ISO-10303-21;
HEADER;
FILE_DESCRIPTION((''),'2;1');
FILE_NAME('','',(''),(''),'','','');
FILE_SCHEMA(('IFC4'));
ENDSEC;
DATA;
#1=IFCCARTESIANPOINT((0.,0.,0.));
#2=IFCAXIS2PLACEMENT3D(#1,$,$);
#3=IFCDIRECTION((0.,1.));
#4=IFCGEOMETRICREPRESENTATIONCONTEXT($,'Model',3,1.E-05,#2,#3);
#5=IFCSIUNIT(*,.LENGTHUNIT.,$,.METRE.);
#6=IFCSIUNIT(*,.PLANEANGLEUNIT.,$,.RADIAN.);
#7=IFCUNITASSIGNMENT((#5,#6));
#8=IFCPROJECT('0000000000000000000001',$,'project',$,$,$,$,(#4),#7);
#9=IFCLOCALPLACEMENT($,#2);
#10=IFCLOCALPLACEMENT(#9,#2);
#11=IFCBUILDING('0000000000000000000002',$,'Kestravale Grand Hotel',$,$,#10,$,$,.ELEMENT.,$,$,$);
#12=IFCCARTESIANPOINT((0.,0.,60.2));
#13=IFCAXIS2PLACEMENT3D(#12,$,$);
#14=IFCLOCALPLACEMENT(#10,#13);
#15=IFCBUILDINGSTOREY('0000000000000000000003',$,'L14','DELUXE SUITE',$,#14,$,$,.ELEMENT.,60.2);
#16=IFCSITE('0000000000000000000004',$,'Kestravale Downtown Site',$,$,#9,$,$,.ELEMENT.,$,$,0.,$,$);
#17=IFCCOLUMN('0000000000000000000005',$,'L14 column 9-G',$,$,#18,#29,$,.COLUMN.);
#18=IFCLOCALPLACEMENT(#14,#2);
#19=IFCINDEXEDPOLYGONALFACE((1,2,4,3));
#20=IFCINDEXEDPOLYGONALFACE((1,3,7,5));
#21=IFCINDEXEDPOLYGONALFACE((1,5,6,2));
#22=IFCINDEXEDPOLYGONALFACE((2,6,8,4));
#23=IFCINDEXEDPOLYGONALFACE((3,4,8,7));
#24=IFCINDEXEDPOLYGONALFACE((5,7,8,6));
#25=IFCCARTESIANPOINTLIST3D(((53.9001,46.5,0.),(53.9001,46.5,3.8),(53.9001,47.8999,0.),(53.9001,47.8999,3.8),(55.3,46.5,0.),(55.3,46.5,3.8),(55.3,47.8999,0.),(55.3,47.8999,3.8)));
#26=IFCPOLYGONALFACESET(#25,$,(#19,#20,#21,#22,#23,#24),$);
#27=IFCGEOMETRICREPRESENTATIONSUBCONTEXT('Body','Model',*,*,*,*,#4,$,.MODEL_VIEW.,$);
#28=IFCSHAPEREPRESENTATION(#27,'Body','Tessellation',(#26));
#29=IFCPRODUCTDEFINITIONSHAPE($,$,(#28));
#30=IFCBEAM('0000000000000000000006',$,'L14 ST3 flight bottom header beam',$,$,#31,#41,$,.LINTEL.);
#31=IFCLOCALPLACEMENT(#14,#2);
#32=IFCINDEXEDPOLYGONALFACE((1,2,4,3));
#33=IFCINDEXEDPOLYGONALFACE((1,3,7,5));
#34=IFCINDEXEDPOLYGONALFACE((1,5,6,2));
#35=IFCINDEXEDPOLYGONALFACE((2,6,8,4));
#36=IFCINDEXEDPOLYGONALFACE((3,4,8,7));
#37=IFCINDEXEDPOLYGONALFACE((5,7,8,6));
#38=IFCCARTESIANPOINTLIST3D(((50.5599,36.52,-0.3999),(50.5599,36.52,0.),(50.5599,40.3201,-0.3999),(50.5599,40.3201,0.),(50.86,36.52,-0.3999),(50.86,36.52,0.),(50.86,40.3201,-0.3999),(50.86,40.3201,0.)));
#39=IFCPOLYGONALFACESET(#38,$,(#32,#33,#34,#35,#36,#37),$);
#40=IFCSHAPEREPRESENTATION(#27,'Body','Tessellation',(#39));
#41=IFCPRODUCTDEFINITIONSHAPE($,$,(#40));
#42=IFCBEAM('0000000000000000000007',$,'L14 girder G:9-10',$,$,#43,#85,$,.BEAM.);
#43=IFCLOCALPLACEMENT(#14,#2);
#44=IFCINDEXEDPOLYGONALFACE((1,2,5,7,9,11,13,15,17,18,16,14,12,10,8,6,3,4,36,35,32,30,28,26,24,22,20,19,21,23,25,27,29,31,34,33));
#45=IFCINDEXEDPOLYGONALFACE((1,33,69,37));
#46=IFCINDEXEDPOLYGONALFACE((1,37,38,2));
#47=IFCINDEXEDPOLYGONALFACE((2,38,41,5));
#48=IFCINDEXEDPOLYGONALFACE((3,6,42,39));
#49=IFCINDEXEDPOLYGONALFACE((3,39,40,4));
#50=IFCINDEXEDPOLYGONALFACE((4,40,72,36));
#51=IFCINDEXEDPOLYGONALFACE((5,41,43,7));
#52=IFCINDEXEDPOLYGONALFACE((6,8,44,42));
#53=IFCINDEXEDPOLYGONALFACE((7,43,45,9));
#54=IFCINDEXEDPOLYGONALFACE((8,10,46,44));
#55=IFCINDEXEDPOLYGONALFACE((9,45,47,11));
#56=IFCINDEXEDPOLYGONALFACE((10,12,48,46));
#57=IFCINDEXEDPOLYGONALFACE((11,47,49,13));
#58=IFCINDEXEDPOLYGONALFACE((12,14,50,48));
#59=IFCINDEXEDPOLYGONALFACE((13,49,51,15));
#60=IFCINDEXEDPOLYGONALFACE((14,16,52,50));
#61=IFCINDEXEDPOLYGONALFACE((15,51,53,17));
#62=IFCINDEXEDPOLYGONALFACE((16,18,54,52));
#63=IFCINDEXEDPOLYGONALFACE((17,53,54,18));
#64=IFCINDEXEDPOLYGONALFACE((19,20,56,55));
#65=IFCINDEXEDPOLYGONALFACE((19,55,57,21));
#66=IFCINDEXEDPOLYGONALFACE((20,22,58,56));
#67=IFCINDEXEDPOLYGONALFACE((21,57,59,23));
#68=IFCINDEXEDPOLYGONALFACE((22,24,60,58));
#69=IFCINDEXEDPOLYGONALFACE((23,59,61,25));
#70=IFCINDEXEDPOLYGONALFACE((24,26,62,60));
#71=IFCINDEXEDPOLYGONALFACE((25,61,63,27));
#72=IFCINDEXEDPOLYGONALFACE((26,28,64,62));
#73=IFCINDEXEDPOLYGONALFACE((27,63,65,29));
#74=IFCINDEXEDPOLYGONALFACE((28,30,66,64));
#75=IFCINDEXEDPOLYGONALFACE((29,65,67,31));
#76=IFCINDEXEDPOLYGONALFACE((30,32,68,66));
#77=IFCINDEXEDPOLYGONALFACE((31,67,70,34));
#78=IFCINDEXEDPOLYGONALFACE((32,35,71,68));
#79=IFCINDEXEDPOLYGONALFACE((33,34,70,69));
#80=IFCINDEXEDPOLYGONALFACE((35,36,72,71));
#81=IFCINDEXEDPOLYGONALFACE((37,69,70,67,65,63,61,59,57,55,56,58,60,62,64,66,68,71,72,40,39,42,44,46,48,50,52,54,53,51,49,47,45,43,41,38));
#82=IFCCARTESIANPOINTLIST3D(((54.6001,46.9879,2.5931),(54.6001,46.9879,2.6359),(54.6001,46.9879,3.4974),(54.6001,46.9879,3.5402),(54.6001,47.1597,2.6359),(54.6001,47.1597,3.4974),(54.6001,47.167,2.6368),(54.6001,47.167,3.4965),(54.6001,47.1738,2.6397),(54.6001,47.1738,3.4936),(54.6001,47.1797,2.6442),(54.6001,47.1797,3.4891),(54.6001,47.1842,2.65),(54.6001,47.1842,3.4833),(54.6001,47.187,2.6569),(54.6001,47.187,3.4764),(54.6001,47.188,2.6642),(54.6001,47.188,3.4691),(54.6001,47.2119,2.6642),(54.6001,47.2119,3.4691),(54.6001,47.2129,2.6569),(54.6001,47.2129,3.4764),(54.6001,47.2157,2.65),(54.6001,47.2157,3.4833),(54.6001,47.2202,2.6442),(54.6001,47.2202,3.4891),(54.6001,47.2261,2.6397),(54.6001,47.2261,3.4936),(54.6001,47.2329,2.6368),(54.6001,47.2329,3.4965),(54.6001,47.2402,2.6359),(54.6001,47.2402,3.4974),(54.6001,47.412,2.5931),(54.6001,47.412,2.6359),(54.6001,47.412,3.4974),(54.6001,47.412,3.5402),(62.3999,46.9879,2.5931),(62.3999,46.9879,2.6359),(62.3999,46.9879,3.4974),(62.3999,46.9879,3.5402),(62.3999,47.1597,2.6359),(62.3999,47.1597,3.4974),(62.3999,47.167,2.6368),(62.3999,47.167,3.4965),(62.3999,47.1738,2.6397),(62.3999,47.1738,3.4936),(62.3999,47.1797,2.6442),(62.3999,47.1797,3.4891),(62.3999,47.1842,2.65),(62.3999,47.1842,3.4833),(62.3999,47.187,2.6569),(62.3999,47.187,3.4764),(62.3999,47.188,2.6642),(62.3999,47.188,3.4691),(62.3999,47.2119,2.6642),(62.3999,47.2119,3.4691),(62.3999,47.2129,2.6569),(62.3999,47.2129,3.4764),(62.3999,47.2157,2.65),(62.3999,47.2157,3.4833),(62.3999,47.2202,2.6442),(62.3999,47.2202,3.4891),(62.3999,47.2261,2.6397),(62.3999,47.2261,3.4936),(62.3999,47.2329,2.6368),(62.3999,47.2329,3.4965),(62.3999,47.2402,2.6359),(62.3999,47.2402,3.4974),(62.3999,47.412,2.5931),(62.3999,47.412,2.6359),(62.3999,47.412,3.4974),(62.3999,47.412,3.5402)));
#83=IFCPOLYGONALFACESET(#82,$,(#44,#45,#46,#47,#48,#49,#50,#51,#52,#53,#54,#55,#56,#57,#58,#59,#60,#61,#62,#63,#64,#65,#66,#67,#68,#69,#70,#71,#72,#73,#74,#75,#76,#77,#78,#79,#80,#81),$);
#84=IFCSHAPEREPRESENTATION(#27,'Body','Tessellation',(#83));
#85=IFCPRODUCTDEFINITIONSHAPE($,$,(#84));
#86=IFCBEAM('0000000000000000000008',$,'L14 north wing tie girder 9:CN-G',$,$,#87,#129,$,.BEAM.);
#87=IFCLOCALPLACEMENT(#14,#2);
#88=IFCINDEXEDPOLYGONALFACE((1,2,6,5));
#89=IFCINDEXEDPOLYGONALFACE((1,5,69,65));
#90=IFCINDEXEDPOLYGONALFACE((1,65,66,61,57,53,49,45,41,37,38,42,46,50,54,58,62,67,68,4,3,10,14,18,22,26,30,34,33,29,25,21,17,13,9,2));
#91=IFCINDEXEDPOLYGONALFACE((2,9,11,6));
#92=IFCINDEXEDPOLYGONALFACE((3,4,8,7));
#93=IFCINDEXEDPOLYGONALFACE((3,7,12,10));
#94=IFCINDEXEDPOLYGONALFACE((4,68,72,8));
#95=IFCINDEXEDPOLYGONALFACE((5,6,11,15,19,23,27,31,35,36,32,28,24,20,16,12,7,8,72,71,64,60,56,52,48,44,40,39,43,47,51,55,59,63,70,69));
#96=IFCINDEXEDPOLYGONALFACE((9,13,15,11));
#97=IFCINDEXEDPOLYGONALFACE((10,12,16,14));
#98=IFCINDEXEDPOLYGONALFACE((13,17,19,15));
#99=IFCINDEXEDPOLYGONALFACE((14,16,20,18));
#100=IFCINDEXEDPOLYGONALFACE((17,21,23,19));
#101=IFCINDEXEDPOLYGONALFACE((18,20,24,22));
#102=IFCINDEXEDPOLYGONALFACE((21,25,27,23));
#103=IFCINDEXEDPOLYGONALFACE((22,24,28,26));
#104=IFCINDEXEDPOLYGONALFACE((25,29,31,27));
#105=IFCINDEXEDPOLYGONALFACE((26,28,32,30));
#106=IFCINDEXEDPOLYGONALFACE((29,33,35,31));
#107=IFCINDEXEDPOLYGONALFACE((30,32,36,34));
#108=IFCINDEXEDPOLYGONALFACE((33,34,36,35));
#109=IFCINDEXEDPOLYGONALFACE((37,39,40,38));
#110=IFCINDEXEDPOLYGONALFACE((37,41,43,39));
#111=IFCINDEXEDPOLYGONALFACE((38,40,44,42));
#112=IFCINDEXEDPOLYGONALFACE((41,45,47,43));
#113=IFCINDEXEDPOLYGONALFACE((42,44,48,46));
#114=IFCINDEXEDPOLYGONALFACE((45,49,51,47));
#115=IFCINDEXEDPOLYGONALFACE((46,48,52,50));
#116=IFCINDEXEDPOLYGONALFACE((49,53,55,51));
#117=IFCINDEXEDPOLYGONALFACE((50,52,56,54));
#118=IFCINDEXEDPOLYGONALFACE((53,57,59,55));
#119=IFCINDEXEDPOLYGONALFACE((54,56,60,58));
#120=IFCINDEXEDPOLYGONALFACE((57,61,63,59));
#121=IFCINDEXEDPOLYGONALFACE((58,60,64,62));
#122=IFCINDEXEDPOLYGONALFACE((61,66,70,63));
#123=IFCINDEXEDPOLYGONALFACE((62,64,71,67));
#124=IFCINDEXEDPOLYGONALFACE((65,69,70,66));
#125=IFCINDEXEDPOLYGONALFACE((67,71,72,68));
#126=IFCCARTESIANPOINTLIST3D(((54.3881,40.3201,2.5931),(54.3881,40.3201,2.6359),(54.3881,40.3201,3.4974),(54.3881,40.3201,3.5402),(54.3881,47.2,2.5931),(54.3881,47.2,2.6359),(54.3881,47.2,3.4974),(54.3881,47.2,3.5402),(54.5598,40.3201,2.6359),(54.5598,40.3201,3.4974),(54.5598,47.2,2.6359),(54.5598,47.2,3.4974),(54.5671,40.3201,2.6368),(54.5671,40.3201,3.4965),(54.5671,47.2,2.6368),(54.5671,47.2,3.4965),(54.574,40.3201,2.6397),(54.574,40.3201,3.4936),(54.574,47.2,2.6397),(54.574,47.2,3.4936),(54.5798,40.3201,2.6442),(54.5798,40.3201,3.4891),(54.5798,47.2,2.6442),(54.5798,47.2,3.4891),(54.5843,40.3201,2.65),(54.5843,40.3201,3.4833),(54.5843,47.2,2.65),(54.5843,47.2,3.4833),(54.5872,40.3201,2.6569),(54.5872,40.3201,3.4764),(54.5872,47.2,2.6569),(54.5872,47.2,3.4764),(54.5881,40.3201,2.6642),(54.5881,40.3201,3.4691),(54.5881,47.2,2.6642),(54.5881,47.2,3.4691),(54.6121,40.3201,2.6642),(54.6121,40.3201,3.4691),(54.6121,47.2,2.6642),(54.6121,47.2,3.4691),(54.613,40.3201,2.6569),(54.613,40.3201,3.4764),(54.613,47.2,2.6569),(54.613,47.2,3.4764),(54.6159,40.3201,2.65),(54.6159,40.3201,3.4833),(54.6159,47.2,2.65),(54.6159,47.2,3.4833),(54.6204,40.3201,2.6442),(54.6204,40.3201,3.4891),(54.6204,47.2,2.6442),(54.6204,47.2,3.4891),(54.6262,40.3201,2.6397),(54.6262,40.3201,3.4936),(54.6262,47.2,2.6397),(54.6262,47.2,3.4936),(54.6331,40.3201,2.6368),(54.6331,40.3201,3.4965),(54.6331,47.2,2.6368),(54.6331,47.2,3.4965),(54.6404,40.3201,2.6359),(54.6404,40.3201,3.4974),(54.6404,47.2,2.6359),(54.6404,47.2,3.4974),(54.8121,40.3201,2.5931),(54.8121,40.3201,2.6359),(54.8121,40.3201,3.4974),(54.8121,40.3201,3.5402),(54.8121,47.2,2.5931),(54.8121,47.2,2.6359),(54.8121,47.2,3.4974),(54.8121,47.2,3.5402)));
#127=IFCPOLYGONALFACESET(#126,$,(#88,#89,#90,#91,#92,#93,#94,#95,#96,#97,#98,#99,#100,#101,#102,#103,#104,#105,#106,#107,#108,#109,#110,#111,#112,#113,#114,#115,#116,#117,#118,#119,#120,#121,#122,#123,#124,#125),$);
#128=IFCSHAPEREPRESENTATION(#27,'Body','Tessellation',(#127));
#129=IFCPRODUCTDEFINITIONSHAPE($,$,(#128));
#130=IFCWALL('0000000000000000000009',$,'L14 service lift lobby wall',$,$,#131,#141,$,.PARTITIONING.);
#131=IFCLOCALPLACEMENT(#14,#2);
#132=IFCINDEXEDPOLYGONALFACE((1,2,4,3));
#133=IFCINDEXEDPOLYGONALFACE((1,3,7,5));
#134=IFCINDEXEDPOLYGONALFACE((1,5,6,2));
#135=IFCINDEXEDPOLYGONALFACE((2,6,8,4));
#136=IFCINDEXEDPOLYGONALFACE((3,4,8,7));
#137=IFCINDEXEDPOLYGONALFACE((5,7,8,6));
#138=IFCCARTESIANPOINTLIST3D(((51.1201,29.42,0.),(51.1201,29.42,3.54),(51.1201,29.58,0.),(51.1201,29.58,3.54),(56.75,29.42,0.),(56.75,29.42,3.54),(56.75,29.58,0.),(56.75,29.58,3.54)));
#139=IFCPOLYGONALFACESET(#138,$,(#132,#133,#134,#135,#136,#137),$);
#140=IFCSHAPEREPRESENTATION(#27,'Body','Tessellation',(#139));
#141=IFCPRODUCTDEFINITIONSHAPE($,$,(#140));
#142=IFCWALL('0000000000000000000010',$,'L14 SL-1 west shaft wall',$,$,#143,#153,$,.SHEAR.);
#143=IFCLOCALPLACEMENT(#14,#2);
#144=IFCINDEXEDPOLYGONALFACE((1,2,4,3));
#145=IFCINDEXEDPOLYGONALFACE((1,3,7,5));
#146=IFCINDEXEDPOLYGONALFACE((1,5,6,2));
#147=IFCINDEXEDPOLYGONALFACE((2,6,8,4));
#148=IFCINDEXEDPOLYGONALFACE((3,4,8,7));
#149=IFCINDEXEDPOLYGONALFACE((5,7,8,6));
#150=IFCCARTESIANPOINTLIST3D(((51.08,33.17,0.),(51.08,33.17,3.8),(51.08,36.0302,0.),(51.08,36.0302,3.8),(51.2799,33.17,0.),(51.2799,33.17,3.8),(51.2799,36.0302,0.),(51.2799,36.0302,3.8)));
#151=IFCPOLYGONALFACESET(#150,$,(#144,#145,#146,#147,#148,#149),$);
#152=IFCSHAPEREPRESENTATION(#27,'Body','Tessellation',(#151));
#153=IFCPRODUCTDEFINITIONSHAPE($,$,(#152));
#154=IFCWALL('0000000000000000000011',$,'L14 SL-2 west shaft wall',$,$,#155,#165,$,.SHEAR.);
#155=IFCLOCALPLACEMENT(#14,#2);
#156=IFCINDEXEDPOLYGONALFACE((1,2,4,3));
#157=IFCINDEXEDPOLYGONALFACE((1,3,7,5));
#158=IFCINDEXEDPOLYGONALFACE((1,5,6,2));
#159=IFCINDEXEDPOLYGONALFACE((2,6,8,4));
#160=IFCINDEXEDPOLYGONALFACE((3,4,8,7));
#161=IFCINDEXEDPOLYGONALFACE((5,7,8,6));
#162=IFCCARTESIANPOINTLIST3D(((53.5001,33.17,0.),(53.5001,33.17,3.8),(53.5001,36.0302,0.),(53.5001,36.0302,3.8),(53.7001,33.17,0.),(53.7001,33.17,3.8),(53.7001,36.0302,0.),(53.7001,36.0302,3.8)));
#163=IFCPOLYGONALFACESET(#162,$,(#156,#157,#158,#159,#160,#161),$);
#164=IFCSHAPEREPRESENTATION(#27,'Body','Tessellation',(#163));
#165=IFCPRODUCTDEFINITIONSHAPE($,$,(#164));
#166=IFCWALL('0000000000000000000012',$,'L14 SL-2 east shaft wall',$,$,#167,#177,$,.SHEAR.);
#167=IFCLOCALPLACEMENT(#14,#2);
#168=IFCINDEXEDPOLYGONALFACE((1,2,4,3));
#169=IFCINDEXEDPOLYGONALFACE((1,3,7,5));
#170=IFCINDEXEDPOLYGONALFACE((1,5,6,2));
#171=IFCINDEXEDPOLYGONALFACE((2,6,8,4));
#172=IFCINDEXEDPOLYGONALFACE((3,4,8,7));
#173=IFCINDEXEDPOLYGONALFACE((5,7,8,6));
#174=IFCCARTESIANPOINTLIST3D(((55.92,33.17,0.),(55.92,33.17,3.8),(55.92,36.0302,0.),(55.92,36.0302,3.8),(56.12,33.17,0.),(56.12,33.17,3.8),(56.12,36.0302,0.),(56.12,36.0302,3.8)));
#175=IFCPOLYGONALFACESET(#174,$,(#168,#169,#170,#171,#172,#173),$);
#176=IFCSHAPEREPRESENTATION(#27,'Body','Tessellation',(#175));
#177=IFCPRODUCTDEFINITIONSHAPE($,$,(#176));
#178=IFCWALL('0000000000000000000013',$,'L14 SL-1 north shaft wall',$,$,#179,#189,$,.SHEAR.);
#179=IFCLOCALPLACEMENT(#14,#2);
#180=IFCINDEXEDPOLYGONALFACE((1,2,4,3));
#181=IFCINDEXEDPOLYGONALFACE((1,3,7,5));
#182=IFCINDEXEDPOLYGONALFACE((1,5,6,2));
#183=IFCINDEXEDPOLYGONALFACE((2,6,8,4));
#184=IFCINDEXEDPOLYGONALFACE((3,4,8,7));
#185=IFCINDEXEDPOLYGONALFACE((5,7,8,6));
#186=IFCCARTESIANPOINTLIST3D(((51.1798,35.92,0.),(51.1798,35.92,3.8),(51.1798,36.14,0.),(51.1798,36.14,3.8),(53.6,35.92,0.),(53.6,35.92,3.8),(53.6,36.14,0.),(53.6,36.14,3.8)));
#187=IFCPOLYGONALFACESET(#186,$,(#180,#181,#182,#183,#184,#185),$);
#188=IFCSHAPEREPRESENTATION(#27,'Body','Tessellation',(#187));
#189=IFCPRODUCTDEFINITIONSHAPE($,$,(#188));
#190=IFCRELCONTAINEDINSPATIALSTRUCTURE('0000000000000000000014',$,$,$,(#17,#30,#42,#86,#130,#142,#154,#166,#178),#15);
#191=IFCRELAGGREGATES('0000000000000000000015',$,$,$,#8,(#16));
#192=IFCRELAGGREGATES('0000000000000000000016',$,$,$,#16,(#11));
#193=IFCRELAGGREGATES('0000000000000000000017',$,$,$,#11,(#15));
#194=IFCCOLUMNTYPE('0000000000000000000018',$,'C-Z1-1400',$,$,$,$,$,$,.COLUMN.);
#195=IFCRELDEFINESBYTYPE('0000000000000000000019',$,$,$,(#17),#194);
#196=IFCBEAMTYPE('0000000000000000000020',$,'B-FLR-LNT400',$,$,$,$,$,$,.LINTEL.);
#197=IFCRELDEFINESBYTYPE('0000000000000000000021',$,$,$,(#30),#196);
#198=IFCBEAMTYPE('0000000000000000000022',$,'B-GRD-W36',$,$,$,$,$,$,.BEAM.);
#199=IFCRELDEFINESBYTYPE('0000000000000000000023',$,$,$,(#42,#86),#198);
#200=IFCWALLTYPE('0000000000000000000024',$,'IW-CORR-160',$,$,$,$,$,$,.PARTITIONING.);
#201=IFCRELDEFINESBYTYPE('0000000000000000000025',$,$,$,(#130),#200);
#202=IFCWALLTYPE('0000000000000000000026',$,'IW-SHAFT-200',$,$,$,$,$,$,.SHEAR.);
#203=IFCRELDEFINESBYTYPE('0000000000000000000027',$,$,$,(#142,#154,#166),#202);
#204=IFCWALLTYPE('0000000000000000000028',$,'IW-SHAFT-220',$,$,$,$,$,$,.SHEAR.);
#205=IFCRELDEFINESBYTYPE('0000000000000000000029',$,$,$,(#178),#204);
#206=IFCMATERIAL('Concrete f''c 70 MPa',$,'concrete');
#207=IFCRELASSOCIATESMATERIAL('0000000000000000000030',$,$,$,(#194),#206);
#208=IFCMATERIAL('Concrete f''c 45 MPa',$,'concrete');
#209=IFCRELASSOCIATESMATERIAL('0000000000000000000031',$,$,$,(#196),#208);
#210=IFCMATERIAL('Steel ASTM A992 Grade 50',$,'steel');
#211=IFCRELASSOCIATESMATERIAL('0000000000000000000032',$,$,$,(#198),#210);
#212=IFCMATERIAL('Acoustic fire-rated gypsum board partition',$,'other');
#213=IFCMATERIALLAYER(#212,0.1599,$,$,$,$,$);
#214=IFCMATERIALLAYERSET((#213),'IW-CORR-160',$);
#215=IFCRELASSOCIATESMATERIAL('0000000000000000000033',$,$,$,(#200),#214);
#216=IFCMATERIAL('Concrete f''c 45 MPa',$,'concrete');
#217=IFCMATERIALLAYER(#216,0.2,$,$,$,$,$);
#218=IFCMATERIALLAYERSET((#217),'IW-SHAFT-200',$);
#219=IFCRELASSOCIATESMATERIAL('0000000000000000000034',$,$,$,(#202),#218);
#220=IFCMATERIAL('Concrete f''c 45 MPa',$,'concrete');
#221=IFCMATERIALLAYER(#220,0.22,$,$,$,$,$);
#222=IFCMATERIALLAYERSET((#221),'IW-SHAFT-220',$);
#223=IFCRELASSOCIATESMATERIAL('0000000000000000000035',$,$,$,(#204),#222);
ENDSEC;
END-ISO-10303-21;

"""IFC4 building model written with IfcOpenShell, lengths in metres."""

from ifc_helpers import new_model, si_unit, direction, frame, frame_2d, origin, origin_2d, place, context, subcontext, project, spatial, rectangle, i_section, extrude, material, layer, layer_set, material_profile, profile_set, type_object, element, save


model = new_model("IFC4")

# Units and contexts
model_context = context("Model", 3, precision=1e-05, world=origin(), true_north=direction((0.0, 1.0)))
body_context = subcontext(model_context, "Body", "Model", "MODEL_VIEW")
ifc_project = project(units=[si_unit("LENGTHUNIT", "METRE"), si_unit("PLANEANGLEUNIT", "RADIAN")], contexts=[model_context])

# Site, building, storey
site_placement = place(None, origin())
site = spatial("IfcSite", under=ifc_project, at=site_placement, Name="Kestravale Downtown Site", CompositionType="ELEMENT", RefElevation=0.0)
building_placement = place(site_placement, origin())
building = spatial("IfcBuilding", under=site, at=building_placement, Name="Kestravale Grand Hotel", CompositionType="ELEMENT")
storey_placement = place(building_placement, frame((0.0, 0.0, 60.2)))
storey = spatial("IfcBuildingStorey", under=building, at=storey_placement, Name="L14", Description="DELUXE SUITE", CompositionType="ELEMENT", Elevation=60.2)

# Column
ifc_material_1 = material(Name="Concrete f'c 70 MPa", Category="concrete")
ifc_material_profile_1 = material_profile(ifc_material_1, rectangle(XDim=1.3999, YDim=1.3999, at=origin_2d()))
ifc_profile_set_1 = profile_set([ifc_material_profile_1], Name="Concrete f'c 70 MPa")
column_type = type_object("IfcColumnType", Name="C-Z1-1400", PredefinedType="COLUMN", material=ifc_profile_set_1)
column_placement = place(storey_placement, frame((54.6001, 47.2, 0.0), z_axis=(0.0, 0.0, 1.0), x_axis=(1.0, 0.0, 0.0)))
element("IfcColumn", 1, at=column_placement, inside=storey, type_object=column_type, Name="L14 column 9-G", PredefinedType="COLUMN", context=body_context, shape_type="SweptSolid", body=[
    extrude(rectangle(XDim=1.3999, YDim=1.3999, at=origin_2d()), origin(), (0.0, 0.0, 1.0), 3.8),
])

# Beams
ifc_material_2 = material(Name="Concrete f'c 45 MPa", Category="concrete")
ifc_material_profile_2 = material_profile(ifc_material_2, rectangle(XDim=0.3, YDim=0.3999, at=origin_2d()))
ifc_profile_set_2 = profile_set([ifc_material_profile_2], Name="Concrete f'c 45 MPa")
beam_type_1 = type_object("IfcBeamType", Name="B-FLR-LNT400", PredefinedType="LINTEL", material=ifc_profile_set_2)
beam_1_placement = place(storey_placement, frame((50.71, 36.52, -0.2), z_axis=(0.0, 1.0, 0.0), x_axis=(-1.0, 0.0, 0.0)))
element("IfcBeam", 2, at=beam_1_placement, inside=storey, type_object=beam_type_1, Name="L14 ST3 flight bottom header beam", PredefinedType="LINTEL", context=body_context, shape_type="SweptSolid", body=[
    extrude(rectangle(XDim=0.3, YDim=0.3999, at=origin_2d()), origin(), (0.0, 0.0, 1.0), 3.8),
])
ifc_material_3 = material(Name="Steel ASTM A992 Grade 50", Category="steel")
ifc_material_profile_3 = material_profile(ifc_material_3, i_section(OverallWidth=0.4241, OverallDepth=0.947, WebThickness=0.0239, FlangeThickness=0.0427, FilletRadius=0.0283, at=origin_2d()))
ifc_profile_set_3 = profile_set([ifc_material_profile_3], Name="Steel ASTM A992 Grade 50")
beam_type_2 = type_object("IfcBeamType", Name="B-GRD-W36", PredefinedType="BEAM", material=ifc_profile_set_3)
beam_2_placement = place(storey_placement, frame((54.6001, 47.2, 3.0667), z_axis=(1.0, 0.0, 0.0), x_axis=(0.0, 1.0, 0.0)))
element("IfcBeam", 3, at=beam_2_placement, inside=storey, type_object=beam_type_2, Name="L14 girder G:9-10", PredefinedType="BEAM", context=body_context, shape_type="SweptSolid", body=[
    extrude(i_section(OverallWidth=0.4241, OverallDepth=0.947, WebThickness=0.0239, FlangeThickness=0.0427, FilletRadius=0.0283, at=origin_2d()), origin(), (0.0, 0.0, 1.0), 7.7998),
])
beam_3_placement = place(storey_placement, frame((54.6001, 40.3201, 3.0667), z_axis=(0.0, 1.0, 0.0), x_axis=(-1.0, 0.0, 0.0)))
element("IfcBeam", 4, at=beam_3_placement, inside=storey, type_object=beam_type_2, Name="L14 north wing tie girder 9:CN-G", PredefinedType="BEAM", context=body_context, shape_type="SweptSolid", body=[
    extrude(i_section(OverallWidth=0.4241, OverallDepth=0.947, WebThickness=0.0239, FlangeThickness=0.0427, FilletRadius=0.0283, at=origin_2d()), origin(), (0.0, 0.0, 1.0), 6.8799),
])

# Shared definitions
ifc_material_4 = material(Name="Acoustic fire-rated gypsum board partition", Category="other")
ifc_layer_1 = layer(ifc_material_4, 0.1599)
ifc_layer_set_1 = layer_set([ifc_layer_1], Name="IW-CORR-160")
wall_type_1 = type_object("IfcWallType", Name="IW-CORR-160", PredefinedType="PARTITIONING", material=ifc_layer_set_1)

# Walls
wall_1_placement = place(storey_placement, frame((51.1201, 29.5, 0.0), z_axis=(0.0, 0.0, 1.0), x_axis=(1.0, 0.0, 0.0)))
element("IfcWall", 5, at=wall_1_placement, inside=storey, type_object=wall_type_1, Name="L14 service lift lobby wall", PredefinedType="PARTITIONING", context=body_context, shape_type="SweptSolid", body=[
    extrude(rectangle(XDim=5.6299, YDim=0.1599, at=frame_2d((2.8149, 0.0))), origin(), (0.0, 0.0, 1.0), 3.54),
])
ifc_material_5 = material(Name="Concrete f'c 45 MPa", Category="concrete")
ifc_layer_2 = layer(ifc_material_5, 0.2)
ifc_layer_set_2 = layer_set([ifc_layer_2], Name="IW-SHAFT-200")
wall_type_2 = type_object("IfcWallType", Name="IW-SHAFT-200", PredefinedType="SHEAR", material=ifc_layer_set_2)
for number, where, z_axis, x_axis, name in (
    (6, (51.1799, 33.1699, 0.0), (0.0, 0.0, 1.0), (0.0, 1.0, 0.0), "L14 SL-1 west shaft wall"),
    (7, (53.6001, 33.1699, 0.0), (0.0, 0.0, 1.0), (0.0, 1.0, 0.0), "L14 SL-2 west shaft wall"),
    (8, (56.02, 33.1699, 0.0), (0.0, 0.0, 1.0), (0.0, 1.0, 0.0), "L14 SL-2 east shaft wall"),
):
    element("IfcWall", number, at=place(storey_placement, frame(where, z_axis=z_axis, x_axis=x_axis)), inside=storey, type_object=wall_type_2, Name=name, PredefinedType="SHEAR", context=body_context, shape_type="SweptSolid", body=[
        extrude(rectangle(XDim=2.8601, YDim=0.2, at=frame_2d((1.4302, 0.0))), origin(), (0.0, 0.0, 1.0), 3.8),
    ])
ifc_material_6 = material(Name="Concrete f'c 45 MPa", Category="concrete")
ifc_layer_3 = layer(ifc_material_6, 0.22)
ifc_layer_set_3 = layer_set([ifc_layer_3], Name="IW-SHAFT-220")
wall_type_3 = type_object("IfcWallType", Name="IW-SHAFT-220", PredefinedType="SHEAR", material=ifc_layer_set_3)
wall_2_placement = place(storey_placement, frame((51.1799, 36.03, 0.0), z_axis=(0.0, 0.0, 1.0), x_axis=(1.0, 0.0, 0.0)))
element("IfcWall", 9, at=wall_2_placement, inside=storey, type_object=wall_type_3, Name="L14 SL-1 north shaft wall", PredefinedType="SHEAR", context=body_context, shape_type="SweptSolid", body=[
    extrude(rectangle(XDim=2.4202, YDim=0.22, at=frame_2d((1.21, 0.0))), origin(), (0.0, 0.0, 1.0), 3.8),
])

save(model, "model.ifc")
